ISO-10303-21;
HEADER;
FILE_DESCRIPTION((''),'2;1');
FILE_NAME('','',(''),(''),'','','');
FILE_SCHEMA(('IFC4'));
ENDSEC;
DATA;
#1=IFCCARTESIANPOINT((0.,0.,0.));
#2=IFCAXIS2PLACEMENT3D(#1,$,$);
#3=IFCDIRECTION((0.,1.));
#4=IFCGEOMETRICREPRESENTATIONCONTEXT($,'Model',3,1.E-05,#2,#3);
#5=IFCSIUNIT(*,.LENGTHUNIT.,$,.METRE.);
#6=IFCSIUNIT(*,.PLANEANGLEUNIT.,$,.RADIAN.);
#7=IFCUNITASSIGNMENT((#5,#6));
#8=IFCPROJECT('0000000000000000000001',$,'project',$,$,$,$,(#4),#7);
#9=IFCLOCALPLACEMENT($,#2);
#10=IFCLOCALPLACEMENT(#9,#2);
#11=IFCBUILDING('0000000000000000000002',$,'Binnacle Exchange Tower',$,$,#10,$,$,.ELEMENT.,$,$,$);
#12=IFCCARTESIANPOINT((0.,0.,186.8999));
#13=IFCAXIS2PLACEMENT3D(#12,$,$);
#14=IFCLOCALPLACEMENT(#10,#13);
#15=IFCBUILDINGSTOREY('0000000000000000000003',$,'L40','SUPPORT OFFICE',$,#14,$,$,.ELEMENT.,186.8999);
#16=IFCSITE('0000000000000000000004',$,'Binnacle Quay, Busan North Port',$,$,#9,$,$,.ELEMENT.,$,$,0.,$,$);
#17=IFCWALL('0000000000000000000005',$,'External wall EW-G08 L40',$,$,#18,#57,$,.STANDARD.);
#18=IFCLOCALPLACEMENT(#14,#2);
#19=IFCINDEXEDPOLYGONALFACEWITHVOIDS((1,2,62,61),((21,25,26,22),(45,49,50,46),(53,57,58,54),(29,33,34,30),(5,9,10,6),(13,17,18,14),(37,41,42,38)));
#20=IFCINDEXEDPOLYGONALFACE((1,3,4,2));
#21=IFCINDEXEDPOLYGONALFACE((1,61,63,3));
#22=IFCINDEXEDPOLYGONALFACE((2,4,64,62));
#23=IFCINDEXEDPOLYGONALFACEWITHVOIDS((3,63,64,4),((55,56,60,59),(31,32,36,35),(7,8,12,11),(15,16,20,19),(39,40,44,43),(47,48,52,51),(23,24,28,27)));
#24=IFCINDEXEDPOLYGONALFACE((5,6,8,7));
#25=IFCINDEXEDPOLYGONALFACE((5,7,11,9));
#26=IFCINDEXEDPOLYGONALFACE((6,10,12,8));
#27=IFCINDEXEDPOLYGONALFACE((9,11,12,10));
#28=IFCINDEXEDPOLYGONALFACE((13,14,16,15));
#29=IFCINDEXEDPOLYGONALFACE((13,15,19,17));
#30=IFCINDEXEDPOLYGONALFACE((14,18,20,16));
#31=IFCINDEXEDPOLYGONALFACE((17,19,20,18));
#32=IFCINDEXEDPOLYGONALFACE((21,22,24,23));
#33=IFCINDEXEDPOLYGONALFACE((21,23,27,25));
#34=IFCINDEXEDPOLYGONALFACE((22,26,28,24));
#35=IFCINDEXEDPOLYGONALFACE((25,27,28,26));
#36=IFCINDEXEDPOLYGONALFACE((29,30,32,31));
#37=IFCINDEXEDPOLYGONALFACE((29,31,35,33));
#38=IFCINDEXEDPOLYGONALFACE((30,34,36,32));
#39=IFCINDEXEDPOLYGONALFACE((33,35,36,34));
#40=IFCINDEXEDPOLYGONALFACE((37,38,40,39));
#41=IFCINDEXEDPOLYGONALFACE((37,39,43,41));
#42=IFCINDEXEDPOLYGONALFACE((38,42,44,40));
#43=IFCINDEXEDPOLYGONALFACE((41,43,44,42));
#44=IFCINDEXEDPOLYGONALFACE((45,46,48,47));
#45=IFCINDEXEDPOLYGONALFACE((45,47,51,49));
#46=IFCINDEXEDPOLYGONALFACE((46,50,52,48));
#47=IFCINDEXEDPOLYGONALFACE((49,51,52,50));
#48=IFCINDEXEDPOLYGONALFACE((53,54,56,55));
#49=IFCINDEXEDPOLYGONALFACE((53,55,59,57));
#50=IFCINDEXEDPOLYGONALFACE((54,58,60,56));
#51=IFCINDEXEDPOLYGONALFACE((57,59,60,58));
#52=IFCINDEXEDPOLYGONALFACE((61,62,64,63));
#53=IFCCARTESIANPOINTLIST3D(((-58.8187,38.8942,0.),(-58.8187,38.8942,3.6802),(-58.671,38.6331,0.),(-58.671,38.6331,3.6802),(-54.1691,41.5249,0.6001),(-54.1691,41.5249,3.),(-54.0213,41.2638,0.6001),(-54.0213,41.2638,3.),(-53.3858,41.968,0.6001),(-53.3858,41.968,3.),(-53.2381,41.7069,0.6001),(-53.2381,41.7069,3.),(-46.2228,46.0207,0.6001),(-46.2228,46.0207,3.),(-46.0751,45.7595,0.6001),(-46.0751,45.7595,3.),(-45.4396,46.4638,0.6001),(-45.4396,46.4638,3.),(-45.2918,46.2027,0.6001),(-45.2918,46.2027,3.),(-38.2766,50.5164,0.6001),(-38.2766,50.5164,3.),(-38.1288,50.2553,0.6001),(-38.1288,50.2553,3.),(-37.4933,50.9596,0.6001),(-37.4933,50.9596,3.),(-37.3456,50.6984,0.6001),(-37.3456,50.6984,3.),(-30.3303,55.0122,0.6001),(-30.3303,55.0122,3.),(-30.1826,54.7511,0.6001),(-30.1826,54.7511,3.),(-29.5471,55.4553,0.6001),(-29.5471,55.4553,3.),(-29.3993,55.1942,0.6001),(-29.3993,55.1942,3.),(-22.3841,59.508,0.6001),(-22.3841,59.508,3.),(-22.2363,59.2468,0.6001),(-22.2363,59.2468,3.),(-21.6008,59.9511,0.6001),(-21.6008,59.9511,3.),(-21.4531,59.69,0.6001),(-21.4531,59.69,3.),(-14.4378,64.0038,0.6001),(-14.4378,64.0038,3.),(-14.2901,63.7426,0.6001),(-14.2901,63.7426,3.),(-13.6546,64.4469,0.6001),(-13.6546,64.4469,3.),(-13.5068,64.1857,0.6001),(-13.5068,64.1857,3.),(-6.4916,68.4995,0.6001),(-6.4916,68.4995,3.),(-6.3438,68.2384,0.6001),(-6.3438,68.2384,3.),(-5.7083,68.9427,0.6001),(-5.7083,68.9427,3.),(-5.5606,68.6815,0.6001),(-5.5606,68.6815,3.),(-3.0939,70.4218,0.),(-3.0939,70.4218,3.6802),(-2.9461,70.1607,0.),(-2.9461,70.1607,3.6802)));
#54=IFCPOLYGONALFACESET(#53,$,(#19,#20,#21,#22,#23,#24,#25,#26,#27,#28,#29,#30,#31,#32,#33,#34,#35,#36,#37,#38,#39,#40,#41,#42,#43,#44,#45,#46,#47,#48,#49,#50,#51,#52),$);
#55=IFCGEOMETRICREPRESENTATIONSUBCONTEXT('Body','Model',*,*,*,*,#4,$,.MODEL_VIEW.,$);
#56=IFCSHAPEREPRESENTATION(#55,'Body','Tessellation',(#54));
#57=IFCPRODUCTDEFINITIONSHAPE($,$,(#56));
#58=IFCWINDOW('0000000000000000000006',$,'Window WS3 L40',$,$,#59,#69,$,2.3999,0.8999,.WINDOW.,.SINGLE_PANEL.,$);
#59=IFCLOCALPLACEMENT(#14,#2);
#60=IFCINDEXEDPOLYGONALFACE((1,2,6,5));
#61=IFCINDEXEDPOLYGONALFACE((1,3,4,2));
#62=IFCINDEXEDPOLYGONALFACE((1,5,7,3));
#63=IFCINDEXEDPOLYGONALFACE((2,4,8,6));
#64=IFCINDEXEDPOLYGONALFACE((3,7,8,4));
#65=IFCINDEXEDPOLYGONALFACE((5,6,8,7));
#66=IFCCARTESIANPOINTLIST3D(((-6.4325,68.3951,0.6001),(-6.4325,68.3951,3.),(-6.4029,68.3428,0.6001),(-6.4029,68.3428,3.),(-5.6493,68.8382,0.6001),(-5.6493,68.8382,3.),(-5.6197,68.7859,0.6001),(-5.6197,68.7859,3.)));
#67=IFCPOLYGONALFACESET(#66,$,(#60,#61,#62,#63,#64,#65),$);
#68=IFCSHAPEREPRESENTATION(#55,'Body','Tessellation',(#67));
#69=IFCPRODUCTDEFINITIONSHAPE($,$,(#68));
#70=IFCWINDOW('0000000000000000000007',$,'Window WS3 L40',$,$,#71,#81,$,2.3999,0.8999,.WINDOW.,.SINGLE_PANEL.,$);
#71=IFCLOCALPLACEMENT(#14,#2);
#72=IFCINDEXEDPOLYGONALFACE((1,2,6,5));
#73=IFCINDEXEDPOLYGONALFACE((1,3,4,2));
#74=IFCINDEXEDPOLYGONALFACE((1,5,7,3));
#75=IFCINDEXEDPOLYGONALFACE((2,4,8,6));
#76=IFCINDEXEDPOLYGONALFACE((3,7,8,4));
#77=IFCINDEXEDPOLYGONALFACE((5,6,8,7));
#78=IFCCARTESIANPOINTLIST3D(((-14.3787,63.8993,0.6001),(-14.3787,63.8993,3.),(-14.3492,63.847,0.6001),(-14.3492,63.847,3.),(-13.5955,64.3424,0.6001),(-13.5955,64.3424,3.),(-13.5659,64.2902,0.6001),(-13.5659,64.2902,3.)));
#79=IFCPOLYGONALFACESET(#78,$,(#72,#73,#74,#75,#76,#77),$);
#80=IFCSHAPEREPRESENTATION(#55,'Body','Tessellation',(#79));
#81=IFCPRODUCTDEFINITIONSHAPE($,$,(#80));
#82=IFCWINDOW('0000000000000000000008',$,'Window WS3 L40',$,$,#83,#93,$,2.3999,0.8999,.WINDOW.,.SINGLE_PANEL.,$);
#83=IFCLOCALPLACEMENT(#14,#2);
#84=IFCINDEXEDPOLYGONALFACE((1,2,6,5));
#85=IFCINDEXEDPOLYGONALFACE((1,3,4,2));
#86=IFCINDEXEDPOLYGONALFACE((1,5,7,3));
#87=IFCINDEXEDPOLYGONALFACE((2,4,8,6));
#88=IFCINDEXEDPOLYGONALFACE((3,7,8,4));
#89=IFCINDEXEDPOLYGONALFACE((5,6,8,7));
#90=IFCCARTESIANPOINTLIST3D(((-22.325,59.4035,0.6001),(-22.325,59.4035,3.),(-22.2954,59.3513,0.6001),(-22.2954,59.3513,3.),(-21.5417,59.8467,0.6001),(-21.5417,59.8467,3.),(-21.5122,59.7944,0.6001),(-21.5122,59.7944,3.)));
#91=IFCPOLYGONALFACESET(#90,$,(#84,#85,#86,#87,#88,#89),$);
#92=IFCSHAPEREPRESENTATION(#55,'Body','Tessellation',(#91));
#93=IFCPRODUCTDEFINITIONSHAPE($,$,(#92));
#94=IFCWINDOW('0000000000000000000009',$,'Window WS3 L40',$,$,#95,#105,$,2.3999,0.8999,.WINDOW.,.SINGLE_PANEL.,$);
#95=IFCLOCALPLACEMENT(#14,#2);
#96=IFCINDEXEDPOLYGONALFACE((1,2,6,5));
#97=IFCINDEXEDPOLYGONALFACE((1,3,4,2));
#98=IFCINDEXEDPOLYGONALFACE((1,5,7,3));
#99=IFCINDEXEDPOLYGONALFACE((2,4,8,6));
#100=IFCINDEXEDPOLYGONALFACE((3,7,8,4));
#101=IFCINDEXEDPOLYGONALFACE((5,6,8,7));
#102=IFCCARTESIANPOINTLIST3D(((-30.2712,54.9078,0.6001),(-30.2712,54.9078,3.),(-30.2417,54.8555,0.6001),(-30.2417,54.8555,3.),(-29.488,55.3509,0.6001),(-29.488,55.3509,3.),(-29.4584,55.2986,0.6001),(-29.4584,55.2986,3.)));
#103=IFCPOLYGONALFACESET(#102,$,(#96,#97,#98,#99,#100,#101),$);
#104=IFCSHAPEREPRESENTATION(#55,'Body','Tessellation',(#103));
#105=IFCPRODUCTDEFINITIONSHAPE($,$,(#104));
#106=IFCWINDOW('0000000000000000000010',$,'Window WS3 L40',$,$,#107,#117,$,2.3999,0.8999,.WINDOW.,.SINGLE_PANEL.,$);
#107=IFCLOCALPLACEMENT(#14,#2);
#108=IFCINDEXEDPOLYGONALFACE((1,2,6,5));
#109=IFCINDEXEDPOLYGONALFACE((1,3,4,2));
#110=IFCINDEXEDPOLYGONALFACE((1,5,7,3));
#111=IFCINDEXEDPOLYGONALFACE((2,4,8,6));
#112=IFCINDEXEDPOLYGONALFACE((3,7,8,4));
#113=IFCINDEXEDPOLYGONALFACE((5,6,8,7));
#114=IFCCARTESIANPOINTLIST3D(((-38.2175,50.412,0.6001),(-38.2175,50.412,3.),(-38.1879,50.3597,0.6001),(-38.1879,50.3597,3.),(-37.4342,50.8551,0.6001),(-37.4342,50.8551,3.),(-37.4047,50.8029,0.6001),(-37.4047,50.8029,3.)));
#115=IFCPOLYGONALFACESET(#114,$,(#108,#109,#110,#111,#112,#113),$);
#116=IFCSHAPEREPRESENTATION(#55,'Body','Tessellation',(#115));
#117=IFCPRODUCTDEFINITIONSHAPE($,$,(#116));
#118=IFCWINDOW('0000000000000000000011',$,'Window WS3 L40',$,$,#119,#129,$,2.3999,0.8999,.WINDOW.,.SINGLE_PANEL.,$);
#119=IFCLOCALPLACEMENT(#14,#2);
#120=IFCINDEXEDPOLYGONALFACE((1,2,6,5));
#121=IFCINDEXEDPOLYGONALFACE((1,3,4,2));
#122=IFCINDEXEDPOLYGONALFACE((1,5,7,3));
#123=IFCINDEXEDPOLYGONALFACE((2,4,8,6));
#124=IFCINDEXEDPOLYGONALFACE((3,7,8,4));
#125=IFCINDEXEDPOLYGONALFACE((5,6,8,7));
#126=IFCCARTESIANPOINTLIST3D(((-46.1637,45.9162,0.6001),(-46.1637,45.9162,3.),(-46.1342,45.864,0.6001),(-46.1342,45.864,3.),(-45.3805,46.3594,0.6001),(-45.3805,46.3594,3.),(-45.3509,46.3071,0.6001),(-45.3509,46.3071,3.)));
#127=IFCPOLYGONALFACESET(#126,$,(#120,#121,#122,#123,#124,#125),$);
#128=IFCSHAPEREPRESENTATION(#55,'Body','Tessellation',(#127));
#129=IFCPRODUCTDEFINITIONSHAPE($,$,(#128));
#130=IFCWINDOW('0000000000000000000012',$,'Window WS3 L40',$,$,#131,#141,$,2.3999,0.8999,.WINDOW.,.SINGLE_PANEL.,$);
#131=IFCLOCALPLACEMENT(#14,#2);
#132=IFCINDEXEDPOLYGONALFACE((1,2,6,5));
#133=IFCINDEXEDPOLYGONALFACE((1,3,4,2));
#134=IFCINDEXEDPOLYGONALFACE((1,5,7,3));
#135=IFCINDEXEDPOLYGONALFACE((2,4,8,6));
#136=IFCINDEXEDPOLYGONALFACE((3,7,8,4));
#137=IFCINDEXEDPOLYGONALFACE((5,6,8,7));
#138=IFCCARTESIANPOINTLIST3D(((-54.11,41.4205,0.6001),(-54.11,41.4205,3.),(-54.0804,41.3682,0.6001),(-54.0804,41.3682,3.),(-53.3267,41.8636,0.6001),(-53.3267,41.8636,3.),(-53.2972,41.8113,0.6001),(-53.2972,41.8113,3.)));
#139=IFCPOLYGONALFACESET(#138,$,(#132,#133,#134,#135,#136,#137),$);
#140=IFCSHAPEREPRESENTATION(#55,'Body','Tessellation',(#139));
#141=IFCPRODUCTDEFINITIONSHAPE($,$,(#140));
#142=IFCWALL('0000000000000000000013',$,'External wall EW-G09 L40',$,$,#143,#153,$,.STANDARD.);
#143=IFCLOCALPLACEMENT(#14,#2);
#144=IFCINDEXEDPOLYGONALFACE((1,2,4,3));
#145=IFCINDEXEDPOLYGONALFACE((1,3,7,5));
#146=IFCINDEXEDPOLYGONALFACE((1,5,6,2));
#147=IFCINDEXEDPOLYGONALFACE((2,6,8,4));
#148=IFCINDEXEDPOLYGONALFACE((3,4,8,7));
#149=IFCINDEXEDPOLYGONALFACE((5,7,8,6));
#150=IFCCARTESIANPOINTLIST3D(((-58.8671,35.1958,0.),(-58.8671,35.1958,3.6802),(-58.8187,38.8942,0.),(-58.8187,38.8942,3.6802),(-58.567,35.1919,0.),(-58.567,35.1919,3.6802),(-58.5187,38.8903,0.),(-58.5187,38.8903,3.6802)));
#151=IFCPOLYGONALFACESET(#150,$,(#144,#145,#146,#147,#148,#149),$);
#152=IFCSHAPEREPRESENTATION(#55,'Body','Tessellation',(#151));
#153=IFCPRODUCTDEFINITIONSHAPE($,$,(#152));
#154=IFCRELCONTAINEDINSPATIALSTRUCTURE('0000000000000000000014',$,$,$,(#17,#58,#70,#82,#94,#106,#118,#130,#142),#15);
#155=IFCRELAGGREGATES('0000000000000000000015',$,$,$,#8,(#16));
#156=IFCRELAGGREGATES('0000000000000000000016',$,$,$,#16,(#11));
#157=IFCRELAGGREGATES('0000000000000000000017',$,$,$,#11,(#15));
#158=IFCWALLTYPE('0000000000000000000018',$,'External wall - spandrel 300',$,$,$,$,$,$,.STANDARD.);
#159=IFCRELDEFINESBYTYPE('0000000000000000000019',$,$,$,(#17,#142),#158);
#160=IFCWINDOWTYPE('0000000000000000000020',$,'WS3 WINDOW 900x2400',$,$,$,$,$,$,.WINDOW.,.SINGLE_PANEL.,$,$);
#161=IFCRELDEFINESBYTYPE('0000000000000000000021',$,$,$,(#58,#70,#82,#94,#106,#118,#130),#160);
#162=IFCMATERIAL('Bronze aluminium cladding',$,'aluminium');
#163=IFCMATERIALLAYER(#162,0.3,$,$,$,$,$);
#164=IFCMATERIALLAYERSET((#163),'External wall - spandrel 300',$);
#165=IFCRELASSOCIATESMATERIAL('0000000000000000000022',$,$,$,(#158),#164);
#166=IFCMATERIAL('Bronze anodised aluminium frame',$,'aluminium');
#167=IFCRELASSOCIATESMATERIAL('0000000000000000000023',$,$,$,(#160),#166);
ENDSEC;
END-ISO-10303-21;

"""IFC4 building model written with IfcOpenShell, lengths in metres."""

from ifc_helpers import new_model, si_unit, direction, frame, frame_2d, origin, place, context, subcontext, project, spatial, rectangle, extrude, material, layer, layer_set, type_object, element, fill, save


model = new_model("IFC4")

# Units and contexts
model_context = context("Model", 3, precision=1e-05, world=origin(), true_north=direction((0.0, 1.0)))
body_context = subcontext(model_context, "Body", "Model", "MODEL_VIEW")
ifc_project = project(units=[si_unit("LENGTHUNIT", "METRE"), si_unit("PLANEANGLEUNIT", "RADIAN")], contexts=[model_context])

# Site, building, storey
site_placement = place(None, origin())
site = spatial("IfcSite", under=ifc_project, at=site_placement, Name="Binnacle Quay, Busan North Port", CompositionType="ELEMENT", RefElevation=0.0)
building_placement = place(site_placement, origin())
building = spatial("IfcBuilding", under=site, at=building_placement, Name="Binnacle Exchange Tower", CompositionType="ELEMENT")
storey_placement = place(building_placement, frame((0.0, 0.0, 186.8999)))
storey = spatial("IfcBuildingStorey", under=building, at=storey_placement, Name="L40", Description="SUPPORT OFFICE", CompositionType="ELEMENT", Elevation=186.8999)

# Wall, openings, windows
ifc_material_1 = material(Name="Bronze aluminium cladding", Category="aluminium")
ifc_layer_1 = layer(ifc_material_1, 0.3)
ifc_layer_set_1 = layer_set([ifc_layer_1], Name="External wall - spandrel 300")
wall_type_1 = type_object("IfcWallType", Name="External wall - spandrel 300", PredefinedType="STANDARD", material=ifc_layer_set_1)
wall_1_placement = place(storey_placement, frame((-58.7449, 38.7637, 0.0), z_axis=(0.0, 0.0, 1.0), x_axis=(0.870356, 0.492423, 0.0)))
wall_1 = element("IfcWall", 1, at=wall_1_placement, inside=storey, type_object=wall_type_1, Name="External wall EW-G08 L40", PredefinedType="STANDARD", context=body_context, shape_type="SweptSolid", body=[
    extrude(rectangle(XDim=64.0254, YDim=0.3, at=frame_2d((32.0127, 0.0))), origin(), (0.0, 0.0, 1.0), 3.6802),
])
opening_1_placement = place(wall_1_placement, frame((60.1216, 0.0, 0.6001)))
opening_1 = element("IfcOpeningElement", 2, at=opening_1_placement, cuts=wall_1, PredefinedType="OPENING", context=body_context, shape_type="SweptSolid", body=[
    extrude(rectangle(XDim=0.8999, YDim=2.3999, at=frame_2d((0.45, 1.2))), frame((0.0, 0.1599, 0.0), z_axis=(0.0, -1.0, 0.0), x_axis=(1.0, 0.0, 0.0)), (0.0, 0.0, 1.0), 0.3201),
])
opening_2_placement = place(wall_1_placement, frame((50.9917, 0.0, 0.6001)))
opening_2 = element("IfcOpeningElement", 3, at=opening_2_placement, cuts=wall_1, PredefinedType="OPENING", context=body_context, shape_type="SweptSolid", body=[
    extrude(rectangle(XDim=0.8999, YDim=2.3999, at=frame_2d((0.45, 1.2))), frame((0.0, 0.1599, 0.0), z_axis=(0.0, -1.0, 0.0), x_axis=(1.0, 0.0, 0.0)), (0.0, 0.0, 1.0), 0.3201),
])
opening_3_placement = place(wall_1_placement, frame((41.8618, 0.0, 0.6001)))
opening_3 = element("IfcOpeningElement", 4, at=opening_3_placement, cuts=wall_1, PredefinedType="OPENING", context=body_context, shape_type="SweptSolid", body=[
    extrude(rectangle(XDim=0.8999, YDim=2.3999, at=frame_2d((0.45, 1.2))), frame((0.0, 0.1599, 0.0), z_axis=(0.0, -1.0, 0.0), x_axis=(1.0, 0.0, 0.0)), (0.0, 0.0, 1.0), 0.3201),
])
opening_4_placement = place(wall_1_placement, frame((32.7319, 0.0, 0.6001)))
opening_4 = element("IfcOpeningElement", 5, at=opening_4_placement, cuts=wall_1, PredefinedType="OPENING", context=body_context, shape_type="SweptSolid", body=[
    extrude(rectangle(XDim=0.8999, YDim=2.3999, at=frame_2d((0.45, 1.2))), frame((0.0, 0.1599, 0.0), z_axis=(0.0, -1.0, 0.0), x_axis=(1.0, 0.0, 0.0)), (0.0, 0.0, 1.0), 0.3201),
])
opening_5_placement = place(wall_1_placement, frame((23.6021, 0.0, 0.6001)))
opening_5 = element("IfcOpeningElement", 6, at=opening_5_placement, cuts=wall_1, PredefinedType="OPENING", context=body_context, shape_type="SweptSolid", body=[
    extrude(rectangle(XDim=0.8999, YDim=2.3999, at=frame_2d((0.45, 1.2))), frame((0.0, 0.1599, 0.0), z_axis=(0.0, -1.0, 0.0), x_axis=(1.0, 0.0, 0.0)), (0.0, 0.0, 1.0), 0.3201),
])
opening_6_placement = place(wall_1_placement, frame((14.4722, 0.0, 0.6001)))
opening_6 = element("IfcOpeningElement", 7, at=opening_6_placement, cuts=wall_1, PredefinedType="OPENING", context=body_context, shape_type="SweptSolid", body=[
    extrude(rectangle(XDim=0.8999, YDim=2.3999, at=frame_2d((0.45, 1.2))), frame((0.0, 0.1599, 0.0), z_axis=(0.0, -1.0, 0.0), x_axis=(1.0, 0.0, 0.0)), (0.0, 0.0, 1.0), 0.3201),
])
opening_7_placement = place(wall_1_placement, frame((5.3423, 0.0, 0.6001)))
opening_7 = element("IfcOpeningElement", 8, at=opening_7_placement, cuts=wall_1, PredefinedType="OPENING", context=body_context, shape_type="SweptSolid", body=[
    extrude(rectangle(XDim=0.8999, YDim=2.3999, at=frame_2d((0.45, 1.2))), frame((0.0, 0.1599, 0.0), z_axis=(0.0, -1.0, 0.0), x_axis=(1.0, 0.0, 0.0)), (0.0, 0.0, 1.0), 0.3201),
])
ifc_material_2 = material(Name="Bronze anodised aluminium frame", Category="aluminium")
window_type = type_object("IfcWindowType", Name="WS3 WINDOW 900x2400", PartitioningType="SINGLE_PANEL", PredefinedType="WINDOW", material=ifc_material_2)
window_1_placement = place(opening_1_placement, origin())
window_1 = element("IfcWindow", 9, at=window_1_placement, inside=storey, type_object=window_type, Name="Window WS3 L40", OverallHeight=2.3999, OverallWidth=0.8999, PartitioningType="SINGLE_PANEL", PredefinedType="WINDOW", context=body_context, shape_type="SweptSolid", body=[
    extrude(rectangle(XDim=0.8999, YDim=2.3999, at=frame_2d((0.45, 1.2))), frame((0.0, 0.03, 0.0), z_axis=(0.0, -1.0, 0.0), x_axis=(1.0, 0.0, 0.0)), (0.0, 0.0, 1.0), 0.0601),
])
fill(opening_1, window_1)
window_2_placement = place(opening_2_placement, origin())
window_2 = element("IfcWindow", 10, at=window_2_placement, inside=storey, type_object=window_type, Name="Window WS3 L40", OverallHeight=2.3999, OverallWidth=0.8999, PartitioningType="SINGLE_PANEL", PredefinedType="WINDOW", context=body_context, shape_type="SweptSolid", body=[
    extrude(rectangle(XDim=0.8999, YDim=2.3999, at=frame_2d((0.45, 1.2))), frame((0.0, 0.03, 0.0), z_axis=(0.0, -1.0, 0.0), x_axis=(1.0, 0.0, 0.0)), (0.0, 0.0, 1.0), 0.0601),
])
fill(opening_2, window_2)
window_3_placement = place(opening_3_placement, origin())
window_3 = element("IfcWindow", 11, at=window_3_placement, inside=storey, type_object=window_type, Name="Window WS3 L40", OverallHeight=2.3999, OverallWidth=0.8999, PartitioningType="SINGLE_PANEL", PredefinedType="WINDOW", context=body_context, shape_type="SweptSolid", body=[
    extrude(rectangle(XDim=0.8999, YDim=2.3999, at=frame_2d((0.45, 1.2))), frame((0.0, 0.03, 0.0), z_axis=(0.0, -1.0, 0.0), x_axis=(1.0, 0.0, 0.0)), (0.0, 0.0, 1.0), 0.0601),
])
fill(opening_3, window_3)
window_4_placement = place(opening_4_placement, origin())
window_4 = element("IfcWindow", 12, at=window_4_placement, inside=storey, type_object=window_type, Name="Window WS3 L40", OverallHeight=2.3999, OverallWidth=0.8999, PartitioningType="SINGLE_PANEL", PredefinedType="WINDOW", context=body_context, shape_type="SweptSolid", body=[
    extrude(rectangle(XDim=0.8999, YDim=2.3999, at=frame_2d((0.45, 1.2))), frame((0.0, 0.03, 0.0), z_axis=(0.0, -1.0, 0.0), x_axis=(1.0, 0.0, 0.0)), (0.0, 0.0, 1.0), 0.0601),
])
fill(opening_4, window_4)
window_5_placement = place(opening_5_placement, origin())
window_5 = element("IfcWindow", 13, at=window_5_placement, inside=storey, type_object=window_type, Name="Window WS3 L40", OverallHeight=2.3999, OverallWidth=0.8999, PartitioningType="SINGLE_PANEL", PredefinedType="WINDOW", context=body_context, shape_type="SweptSolid", body=[
    extrude(rectangle(XDim=0.8999, YDim=2.3999, at=frame_2d((0.45, 1.2))), frame((0.0, 0.03, 0.0), z_axis=(0.0, -1.0, 0.0), x_axis=(1.0, 0.0, 0.0)), (0.0, 0.0, 1.0), 0.0601),
])
fill(opening_5, window_5)
window_6_placement = place(opening_6_placement, origin())
window_6 = element("IfcWindow", 14, at=window_6_placement, inside=storey, type_object=window_type, Name="Window WS3 L40", OverallHeight=2.3999, OverallWidth=0.8999, PartitioningType="SINGLE_PANEL", PredefinedType="WINDOW", context=body_context, shape_type="SweptSolid", body=[
    extrude(rectangle(XDim=0.8999, YDim=2.3999, at=frame_2d((0.45, 1.2))), frame((0.0, 0.03, 0.0), z_axis=(0.0, -1.0, 0.0), x_axis=(1.0, 0.0, 0.0)), (0.0, 0.0, 1.0), 0.0601),
])
fill(opening_6, window_6)
window_7_placement = place(opening_7_placement, origin())
window_7 = element("IfcWindow", 15, at=window_7_placement, inside=storey, type_object=window_type, Name="Window WS3 L40", OverallHeight=2.3999, OverallWidth=0.8999, PartitioningType="SINGLE_PANEL", PredefinedType="WINDOW", context=body_context, shape_type="SweptSolid", body=[
    extrude(rectangle(XDim=0.8999, YDim=2.3999, at=frame_2d((0.45, 1.2))), frame((0.0, 0.03, 0.0), z_axis=(0.0, -1.0, 0.0), x_axis=(1.0, 0.0, 0.0)), (0.0, 0.0, 1.0), 0.0601),
])
fill(opening_7, window_7)

# Wall
wall_2_placement = place(storey_placement, frame((-58.717, 35.1938, 0.0), z_axis=(0.0, 0.0, 1.0), x_axis=(0.013069, 0.999915, 0.0)))
element("IfcWall", 16, at=wall_2_placement, inside=storey, type_object=wall_type_1, Name="External wall EW-G09 L40", PredefinedType="STANDARD", context=body_context, shape_type="SweptSolid", body=[
    extrude(rectangle(XDim=3.6987, YDim=0.3, at=frame_2d((1.8494, 0.0))), origin(), (0.0, 0.0, 1.0), 3.6802),
])

save(model, "model.ifc")
